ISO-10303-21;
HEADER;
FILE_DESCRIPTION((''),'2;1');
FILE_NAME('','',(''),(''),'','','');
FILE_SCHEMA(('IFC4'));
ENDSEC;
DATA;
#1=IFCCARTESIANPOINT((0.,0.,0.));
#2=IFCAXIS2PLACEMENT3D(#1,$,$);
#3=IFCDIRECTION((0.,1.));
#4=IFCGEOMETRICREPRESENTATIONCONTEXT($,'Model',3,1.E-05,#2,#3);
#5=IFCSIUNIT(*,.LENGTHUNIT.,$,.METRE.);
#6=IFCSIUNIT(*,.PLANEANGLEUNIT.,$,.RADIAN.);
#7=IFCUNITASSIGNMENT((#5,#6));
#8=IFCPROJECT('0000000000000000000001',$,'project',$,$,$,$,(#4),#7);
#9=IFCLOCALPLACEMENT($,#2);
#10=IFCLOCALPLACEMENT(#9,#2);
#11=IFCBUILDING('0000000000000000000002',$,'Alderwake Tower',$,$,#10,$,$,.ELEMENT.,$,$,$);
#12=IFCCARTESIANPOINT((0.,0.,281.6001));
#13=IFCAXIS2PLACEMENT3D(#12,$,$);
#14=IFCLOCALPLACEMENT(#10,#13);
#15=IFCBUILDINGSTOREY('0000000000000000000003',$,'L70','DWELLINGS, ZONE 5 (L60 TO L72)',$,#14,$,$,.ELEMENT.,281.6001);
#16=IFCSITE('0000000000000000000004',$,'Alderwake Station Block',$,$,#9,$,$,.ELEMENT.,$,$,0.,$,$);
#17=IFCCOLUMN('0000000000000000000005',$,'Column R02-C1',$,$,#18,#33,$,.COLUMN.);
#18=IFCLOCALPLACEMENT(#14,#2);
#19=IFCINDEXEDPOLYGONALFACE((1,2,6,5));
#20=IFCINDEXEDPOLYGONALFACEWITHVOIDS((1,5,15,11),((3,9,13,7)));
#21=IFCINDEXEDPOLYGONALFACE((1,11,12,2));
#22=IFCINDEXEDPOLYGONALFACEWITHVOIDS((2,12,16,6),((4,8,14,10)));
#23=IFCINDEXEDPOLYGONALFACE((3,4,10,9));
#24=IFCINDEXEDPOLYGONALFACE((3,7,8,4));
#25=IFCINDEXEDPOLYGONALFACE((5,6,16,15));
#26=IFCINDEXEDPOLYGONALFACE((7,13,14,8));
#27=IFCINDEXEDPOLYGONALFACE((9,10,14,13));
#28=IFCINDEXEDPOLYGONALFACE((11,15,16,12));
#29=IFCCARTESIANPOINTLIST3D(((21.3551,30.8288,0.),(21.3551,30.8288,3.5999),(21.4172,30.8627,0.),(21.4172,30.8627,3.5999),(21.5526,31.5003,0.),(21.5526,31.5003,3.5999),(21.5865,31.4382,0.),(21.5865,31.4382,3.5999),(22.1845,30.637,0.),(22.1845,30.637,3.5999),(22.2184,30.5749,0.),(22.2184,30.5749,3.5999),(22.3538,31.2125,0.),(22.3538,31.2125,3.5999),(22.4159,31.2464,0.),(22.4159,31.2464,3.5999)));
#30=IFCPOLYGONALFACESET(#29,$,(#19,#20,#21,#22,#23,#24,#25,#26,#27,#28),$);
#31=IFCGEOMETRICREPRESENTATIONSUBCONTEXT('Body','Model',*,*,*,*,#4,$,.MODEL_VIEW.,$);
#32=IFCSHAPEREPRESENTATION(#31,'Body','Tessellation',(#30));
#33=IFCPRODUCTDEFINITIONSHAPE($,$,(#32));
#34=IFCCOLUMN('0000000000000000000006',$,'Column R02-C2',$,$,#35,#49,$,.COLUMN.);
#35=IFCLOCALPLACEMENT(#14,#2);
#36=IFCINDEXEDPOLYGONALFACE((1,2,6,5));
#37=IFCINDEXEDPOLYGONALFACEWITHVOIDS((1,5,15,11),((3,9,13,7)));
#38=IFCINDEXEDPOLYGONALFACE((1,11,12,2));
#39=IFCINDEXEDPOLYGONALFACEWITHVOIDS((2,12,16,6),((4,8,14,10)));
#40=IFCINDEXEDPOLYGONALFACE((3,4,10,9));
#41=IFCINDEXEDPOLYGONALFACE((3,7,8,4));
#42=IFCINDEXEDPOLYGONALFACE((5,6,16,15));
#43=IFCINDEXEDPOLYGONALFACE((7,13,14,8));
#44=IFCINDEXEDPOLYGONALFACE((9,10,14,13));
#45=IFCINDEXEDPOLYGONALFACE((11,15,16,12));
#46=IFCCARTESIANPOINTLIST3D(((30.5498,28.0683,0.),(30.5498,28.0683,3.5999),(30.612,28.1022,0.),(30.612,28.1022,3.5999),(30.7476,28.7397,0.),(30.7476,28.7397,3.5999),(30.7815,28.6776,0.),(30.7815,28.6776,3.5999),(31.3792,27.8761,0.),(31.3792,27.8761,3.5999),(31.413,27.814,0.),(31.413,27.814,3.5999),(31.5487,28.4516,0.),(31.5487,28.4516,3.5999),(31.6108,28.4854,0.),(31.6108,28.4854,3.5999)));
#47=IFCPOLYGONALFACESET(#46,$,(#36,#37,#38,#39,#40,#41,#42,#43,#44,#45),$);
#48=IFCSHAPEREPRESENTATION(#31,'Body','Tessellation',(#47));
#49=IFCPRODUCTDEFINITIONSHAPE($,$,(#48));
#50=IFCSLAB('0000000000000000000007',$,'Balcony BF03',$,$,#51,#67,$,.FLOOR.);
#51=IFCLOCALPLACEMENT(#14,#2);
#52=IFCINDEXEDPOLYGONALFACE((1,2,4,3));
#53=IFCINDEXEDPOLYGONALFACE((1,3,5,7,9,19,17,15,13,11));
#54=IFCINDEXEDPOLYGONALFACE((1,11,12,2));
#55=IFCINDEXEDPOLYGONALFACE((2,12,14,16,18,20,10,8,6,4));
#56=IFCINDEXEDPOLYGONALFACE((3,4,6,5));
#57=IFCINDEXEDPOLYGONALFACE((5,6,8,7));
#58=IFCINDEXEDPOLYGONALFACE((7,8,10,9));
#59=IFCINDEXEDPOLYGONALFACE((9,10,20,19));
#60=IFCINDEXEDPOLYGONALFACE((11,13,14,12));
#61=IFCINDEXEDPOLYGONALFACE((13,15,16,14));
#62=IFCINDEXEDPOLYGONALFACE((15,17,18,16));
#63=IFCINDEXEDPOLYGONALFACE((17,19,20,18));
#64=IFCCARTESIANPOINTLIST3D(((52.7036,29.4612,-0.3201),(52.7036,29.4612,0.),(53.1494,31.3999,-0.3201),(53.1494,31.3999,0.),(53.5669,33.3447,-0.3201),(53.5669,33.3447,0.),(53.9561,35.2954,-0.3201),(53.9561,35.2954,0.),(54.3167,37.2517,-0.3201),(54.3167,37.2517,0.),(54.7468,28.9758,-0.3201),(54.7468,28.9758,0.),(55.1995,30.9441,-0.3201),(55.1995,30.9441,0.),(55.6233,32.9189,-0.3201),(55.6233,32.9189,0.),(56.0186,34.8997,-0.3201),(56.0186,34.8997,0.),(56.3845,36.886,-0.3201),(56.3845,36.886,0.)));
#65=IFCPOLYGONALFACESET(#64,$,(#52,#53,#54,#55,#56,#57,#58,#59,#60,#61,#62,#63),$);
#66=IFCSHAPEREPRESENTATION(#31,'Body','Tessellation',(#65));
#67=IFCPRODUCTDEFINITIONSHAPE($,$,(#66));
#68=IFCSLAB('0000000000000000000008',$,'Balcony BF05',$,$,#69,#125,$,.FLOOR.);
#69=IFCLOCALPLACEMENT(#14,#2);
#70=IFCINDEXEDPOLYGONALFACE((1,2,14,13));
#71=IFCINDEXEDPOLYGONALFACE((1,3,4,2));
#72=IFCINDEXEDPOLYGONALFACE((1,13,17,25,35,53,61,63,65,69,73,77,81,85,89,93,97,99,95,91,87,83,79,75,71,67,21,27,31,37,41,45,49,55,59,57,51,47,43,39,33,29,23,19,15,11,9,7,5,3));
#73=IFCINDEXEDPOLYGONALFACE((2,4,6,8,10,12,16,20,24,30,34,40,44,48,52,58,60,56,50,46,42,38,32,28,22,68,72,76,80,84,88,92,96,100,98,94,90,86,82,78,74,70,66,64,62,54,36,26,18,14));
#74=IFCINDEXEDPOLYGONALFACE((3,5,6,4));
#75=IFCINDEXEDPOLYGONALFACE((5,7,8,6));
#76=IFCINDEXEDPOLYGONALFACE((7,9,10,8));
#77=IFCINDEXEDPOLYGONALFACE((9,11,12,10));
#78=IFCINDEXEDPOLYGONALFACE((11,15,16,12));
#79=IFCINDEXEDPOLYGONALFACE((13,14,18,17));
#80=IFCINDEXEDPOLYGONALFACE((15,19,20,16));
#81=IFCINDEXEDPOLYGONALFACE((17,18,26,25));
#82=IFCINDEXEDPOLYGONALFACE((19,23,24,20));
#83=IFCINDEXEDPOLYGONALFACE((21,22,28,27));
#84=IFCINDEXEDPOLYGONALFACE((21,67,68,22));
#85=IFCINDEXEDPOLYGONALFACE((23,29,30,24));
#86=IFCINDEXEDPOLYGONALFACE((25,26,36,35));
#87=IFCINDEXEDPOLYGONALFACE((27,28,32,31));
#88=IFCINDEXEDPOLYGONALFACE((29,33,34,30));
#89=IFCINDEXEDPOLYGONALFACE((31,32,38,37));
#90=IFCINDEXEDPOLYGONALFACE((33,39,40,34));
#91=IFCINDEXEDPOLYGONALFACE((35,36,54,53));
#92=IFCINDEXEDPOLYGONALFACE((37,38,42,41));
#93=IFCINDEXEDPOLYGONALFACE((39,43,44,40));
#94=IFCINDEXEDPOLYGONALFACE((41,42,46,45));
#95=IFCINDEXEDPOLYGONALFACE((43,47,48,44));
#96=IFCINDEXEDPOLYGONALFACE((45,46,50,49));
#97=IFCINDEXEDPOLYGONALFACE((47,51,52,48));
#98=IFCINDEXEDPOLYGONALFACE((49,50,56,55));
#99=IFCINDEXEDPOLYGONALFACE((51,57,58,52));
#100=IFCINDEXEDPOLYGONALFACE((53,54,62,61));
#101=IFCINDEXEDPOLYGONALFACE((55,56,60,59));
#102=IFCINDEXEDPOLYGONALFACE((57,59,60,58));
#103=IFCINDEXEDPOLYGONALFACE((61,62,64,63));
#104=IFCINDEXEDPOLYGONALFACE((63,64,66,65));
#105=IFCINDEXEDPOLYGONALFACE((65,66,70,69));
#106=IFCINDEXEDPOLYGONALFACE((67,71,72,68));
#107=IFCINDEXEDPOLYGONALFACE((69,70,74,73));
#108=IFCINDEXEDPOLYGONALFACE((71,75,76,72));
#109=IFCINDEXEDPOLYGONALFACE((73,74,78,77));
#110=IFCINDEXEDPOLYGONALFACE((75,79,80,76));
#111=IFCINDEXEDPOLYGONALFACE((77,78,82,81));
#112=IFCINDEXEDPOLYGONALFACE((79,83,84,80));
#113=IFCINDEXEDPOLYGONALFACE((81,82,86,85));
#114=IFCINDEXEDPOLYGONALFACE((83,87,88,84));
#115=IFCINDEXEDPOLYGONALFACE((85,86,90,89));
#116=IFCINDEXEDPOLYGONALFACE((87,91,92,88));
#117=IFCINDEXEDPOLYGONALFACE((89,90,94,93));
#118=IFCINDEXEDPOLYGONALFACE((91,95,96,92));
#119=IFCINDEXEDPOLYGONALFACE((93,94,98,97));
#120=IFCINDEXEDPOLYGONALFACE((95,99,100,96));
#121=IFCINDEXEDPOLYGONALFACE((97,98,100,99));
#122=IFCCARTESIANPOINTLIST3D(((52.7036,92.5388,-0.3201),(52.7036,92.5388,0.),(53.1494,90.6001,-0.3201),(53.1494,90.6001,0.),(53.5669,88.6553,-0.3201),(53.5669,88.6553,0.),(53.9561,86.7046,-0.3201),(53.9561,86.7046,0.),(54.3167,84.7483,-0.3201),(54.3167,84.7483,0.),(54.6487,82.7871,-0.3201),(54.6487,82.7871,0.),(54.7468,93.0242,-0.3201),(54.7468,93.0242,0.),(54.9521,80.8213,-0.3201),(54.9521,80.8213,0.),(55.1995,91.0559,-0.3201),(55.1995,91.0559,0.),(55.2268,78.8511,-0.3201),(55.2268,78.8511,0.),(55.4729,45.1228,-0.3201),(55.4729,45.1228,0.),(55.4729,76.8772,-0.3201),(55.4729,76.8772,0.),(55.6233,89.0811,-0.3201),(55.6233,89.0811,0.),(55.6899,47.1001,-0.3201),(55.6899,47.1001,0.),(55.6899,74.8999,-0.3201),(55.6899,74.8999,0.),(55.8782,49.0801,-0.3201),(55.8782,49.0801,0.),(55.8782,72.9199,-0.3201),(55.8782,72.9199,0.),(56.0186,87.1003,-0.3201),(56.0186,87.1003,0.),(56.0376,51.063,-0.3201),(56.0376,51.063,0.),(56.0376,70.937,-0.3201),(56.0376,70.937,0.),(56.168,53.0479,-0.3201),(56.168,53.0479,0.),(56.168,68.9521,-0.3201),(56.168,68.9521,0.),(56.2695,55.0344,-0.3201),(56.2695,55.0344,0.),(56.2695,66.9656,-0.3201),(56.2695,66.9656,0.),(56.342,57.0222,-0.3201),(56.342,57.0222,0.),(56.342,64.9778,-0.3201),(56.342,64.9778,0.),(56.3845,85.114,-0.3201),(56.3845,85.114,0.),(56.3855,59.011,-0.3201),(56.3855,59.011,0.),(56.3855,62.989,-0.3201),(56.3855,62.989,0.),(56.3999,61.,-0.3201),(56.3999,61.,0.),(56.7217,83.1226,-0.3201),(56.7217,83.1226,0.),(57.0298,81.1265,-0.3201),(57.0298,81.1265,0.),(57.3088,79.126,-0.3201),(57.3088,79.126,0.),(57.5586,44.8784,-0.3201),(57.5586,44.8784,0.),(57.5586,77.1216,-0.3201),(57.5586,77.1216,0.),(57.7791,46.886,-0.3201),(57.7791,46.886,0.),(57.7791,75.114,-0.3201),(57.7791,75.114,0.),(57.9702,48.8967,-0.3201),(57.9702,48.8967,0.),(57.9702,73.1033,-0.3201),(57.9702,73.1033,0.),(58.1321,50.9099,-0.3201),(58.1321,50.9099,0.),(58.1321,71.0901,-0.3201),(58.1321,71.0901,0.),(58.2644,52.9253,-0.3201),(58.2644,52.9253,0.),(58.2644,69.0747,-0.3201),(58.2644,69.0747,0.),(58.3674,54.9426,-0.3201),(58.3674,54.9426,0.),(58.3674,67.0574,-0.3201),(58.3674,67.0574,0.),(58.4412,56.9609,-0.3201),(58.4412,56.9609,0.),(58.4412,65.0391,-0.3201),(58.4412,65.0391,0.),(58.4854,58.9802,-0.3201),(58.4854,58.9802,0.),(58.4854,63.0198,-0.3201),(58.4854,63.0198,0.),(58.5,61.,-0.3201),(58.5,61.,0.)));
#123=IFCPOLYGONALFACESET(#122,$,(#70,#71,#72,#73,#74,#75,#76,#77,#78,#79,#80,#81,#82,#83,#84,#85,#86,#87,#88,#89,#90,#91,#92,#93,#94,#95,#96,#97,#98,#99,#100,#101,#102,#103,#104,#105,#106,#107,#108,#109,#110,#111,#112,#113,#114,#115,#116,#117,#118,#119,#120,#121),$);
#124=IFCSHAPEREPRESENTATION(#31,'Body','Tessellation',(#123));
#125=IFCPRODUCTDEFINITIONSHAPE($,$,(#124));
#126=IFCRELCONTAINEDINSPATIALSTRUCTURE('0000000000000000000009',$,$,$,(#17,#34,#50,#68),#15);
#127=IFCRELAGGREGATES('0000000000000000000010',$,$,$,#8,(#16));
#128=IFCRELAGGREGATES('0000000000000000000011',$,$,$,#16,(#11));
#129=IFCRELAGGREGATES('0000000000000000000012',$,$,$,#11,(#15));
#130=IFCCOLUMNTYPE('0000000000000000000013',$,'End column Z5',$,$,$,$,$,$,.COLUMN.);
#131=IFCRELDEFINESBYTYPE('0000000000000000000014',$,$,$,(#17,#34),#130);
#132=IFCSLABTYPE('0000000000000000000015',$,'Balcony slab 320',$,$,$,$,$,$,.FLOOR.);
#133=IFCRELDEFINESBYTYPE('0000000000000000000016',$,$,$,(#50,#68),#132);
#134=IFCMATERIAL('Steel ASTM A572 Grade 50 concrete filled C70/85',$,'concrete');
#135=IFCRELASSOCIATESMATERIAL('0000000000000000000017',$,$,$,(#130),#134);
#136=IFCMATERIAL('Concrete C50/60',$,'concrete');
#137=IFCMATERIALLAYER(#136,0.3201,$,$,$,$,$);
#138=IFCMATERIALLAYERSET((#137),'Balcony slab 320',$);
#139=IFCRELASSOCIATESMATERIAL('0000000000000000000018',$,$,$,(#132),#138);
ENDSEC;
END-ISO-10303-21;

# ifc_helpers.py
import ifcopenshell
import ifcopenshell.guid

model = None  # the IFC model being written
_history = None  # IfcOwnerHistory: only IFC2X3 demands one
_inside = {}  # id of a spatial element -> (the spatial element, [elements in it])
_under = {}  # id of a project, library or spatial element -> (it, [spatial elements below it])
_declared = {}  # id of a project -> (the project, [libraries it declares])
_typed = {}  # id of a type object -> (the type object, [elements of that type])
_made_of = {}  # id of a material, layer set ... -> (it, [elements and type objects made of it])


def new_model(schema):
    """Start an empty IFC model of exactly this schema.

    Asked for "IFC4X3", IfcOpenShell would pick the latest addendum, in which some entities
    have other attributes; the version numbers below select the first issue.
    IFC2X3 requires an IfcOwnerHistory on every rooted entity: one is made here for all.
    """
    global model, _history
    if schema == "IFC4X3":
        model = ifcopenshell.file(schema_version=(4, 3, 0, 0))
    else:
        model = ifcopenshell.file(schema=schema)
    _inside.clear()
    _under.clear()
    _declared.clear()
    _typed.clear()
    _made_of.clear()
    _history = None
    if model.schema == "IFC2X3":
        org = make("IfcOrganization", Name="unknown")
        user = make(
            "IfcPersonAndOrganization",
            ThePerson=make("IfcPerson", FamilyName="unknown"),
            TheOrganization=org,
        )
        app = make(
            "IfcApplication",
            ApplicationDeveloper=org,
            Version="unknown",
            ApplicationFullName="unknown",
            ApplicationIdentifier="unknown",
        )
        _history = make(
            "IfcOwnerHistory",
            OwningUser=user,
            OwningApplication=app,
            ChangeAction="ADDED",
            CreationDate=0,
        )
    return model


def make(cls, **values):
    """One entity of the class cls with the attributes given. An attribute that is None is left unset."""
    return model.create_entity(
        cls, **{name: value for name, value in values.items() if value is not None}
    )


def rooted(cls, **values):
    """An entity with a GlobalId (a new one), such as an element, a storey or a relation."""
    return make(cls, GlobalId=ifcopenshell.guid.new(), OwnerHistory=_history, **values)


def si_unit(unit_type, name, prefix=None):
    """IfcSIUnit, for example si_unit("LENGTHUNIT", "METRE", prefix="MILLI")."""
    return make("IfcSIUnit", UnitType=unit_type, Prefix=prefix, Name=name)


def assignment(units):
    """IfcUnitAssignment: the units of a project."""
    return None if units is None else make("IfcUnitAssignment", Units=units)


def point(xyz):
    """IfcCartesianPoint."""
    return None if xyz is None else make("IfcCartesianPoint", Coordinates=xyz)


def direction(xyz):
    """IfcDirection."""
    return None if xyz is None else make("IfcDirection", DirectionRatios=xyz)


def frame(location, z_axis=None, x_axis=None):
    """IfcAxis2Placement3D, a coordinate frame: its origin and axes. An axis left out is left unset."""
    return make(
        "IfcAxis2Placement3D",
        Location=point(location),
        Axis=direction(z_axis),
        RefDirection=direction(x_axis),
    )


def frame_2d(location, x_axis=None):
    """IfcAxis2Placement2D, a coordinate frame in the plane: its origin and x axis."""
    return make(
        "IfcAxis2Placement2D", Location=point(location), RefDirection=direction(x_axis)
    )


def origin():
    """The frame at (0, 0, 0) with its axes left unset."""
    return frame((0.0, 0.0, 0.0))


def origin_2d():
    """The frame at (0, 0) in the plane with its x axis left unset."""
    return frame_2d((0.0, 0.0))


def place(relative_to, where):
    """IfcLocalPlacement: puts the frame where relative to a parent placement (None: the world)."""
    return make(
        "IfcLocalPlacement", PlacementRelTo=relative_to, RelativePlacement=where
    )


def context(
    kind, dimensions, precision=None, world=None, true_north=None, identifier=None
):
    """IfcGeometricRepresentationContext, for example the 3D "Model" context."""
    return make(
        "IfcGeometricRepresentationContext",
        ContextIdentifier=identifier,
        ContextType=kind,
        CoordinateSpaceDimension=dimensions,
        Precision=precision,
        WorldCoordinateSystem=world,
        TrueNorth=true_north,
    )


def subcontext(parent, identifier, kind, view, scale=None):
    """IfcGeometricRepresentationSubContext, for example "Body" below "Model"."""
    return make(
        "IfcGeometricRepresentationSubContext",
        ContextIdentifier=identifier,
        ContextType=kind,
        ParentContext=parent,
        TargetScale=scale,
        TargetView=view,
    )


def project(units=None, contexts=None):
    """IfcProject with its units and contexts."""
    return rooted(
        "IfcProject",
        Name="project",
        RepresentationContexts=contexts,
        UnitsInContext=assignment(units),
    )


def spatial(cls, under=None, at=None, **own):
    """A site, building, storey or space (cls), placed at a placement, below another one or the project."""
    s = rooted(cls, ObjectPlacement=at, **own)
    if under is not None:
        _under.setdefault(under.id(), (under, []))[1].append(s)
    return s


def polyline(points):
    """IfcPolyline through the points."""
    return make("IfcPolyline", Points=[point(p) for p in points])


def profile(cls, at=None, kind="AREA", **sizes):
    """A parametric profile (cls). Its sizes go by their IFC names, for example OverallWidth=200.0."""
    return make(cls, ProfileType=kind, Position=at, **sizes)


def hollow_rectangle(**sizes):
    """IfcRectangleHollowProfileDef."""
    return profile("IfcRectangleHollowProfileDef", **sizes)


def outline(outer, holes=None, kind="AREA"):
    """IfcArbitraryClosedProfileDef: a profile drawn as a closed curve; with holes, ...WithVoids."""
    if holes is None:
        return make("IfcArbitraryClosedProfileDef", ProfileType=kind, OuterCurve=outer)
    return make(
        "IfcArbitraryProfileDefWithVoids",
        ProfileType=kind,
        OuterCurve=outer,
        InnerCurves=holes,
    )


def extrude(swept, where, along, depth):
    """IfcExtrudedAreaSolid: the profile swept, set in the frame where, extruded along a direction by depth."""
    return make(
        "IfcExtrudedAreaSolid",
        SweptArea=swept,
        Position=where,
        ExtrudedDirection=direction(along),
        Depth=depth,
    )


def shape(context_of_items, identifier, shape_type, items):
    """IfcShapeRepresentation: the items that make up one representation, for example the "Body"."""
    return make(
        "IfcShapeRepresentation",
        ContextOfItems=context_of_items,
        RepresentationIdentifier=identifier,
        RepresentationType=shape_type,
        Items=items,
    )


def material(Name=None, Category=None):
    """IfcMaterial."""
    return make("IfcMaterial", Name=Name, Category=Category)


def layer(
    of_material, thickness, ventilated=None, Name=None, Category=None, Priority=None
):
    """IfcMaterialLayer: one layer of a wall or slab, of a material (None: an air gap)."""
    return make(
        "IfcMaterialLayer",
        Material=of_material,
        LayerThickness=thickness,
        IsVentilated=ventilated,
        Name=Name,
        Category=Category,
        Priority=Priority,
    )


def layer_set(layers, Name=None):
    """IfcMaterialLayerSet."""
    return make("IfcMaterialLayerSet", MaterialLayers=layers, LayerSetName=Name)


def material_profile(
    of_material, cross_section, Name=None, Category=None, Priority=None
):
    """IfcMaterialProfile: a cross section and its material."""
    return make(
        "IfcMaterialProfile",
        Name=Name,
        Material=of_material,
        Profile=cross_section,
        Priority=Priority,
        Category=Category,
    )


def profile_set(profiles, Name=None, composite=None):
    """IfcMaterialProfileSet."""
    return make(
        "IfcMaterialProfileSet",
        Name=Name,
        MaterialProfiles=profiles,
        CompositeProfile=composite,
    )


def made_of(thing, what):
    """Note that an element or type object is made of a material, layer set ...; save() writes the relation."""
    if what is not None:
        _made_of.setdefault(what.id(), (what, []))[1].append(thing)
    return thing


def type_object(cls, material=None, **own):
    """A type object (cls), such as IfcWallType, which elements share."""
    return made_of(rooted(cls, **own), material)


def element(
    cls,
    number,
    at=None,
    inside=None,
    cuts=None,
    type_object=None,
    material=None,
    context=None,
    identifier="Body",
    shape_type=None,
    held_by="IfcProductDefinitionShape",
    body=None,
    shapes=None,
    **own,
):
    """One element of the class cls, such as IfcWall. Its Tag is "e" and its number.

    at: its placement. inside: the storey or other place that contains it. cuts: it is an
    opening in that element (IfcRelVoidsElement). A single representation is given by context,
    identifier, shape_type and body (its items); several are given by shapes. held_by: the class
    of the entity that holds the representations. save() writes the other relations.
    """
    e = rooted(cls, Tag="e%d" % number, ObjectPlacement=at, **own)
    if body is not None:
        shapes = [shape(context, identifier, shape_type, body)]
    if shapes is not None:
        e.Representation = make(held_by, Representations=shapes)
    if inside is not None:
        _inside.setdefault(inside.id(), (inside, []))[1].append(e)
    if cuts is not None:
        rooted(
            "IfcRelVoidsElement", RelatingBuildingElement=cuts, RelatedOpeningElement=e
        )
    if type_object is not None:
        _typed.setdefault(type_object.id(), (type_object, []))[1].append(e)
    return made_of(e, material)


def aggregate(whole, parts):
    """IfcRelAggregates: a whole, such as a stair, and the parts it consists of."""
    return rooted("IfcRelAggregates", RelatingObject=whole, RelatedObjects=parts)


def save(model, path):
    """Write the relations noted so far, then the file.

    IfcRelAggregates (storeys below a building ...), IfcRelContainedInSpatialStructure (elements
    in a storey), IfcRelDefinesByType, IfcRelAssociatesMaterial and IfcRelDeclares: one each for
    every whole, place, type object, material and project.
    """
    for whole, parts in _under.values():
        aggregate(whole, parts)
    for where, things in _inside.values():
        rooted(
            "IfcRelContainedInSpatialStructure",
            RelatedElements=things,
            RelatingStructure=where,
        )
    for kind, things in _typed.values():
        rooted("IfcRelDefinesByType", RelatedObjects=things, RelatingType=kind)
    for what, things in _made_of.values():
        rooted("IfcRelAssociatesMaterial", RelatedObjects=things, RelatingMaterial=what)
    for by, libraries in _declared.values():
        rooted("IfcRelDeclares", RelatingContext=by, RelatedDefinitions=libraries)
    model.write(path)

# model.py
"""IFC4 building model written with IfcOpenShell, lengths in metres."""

from ifc_helpers import new_model, si_unit, direction, frame, origin, origin_2d, place, context, subcontext, project, spatial, polyline, hollow_rectangle, outline, extrude, material, layer, layer_set, material_profile, profile_set, type_object, element, save


model = new_model("IFC4")

# Units and contexts
model_context = context("Model", 3, precision=1e-05, world=origin(), true_north=direction((0.0, 1.0)))
body_context = subcontext(model_context, "Body", "Model", "MODEL_VIEW")
ifc_project = project(units=[si_unit("LENGTHUNIT", "METRE"), si_unit("PLANEANGLEUNIT", "RADIAN")], contexts=[model_context])

# Site, building, storey
site_placement = place(None, origin())
site = spatial("IfcSite", under=ifc_project, at=site_placement, Name="Alderwake Station Block", CompositionType="ELEMENT", RefElevation=0.0)
building_placement = place(site_placement, origin())
building = spatial("IfcBuilding", under=site, at=building_placement, Name="Alderwake Tower", CompositionType="ELEMENT")
storey_placement = place(building_placement, frame((0.0, 0.0, 281.6001)))
storey = spatial("IfcBuildingStorey", under=building, at=storey_placement, Name="L70", Description="DWELLINGS, ZONE 5 (L60 TO L72)", CompositionType="ELEMENT", Elevation=281.6001)

# Columns
ifc_material_1 = material(Name="Steel ASTM A572 Grade 50 concrete filled C70/85", Category="concrete")
ifc_material_profile = material_profile(ifc_material_1, hollow_rectangle(XDim=0.7, YDim=0.8999, WallThickness=0.05, at=origin_2d()), Name="BOX 900X700X50")
ifc_profile_set = profile_set([ifc_material_profile], Name="Steel ASTM A572 Grade 50 concrete filled C70/85")
column_type = type_object("IfcColumnType", Name="End column Z5", PredefinedType="COLUMN", material=ifc_profile_set)
for number, where, z_axis, x_axis, name in (
    (1, (21.8855, 31.0376, 0.0), (0.0, 0.0, 1.0), (0.282132, 0.959376, 0.0), "Column R02-C1"),
    (2, (31.0803, 28.2769, 0.0), (0.0, 0.0, 1.0), (0.282583, 0.959243, 0.0), "Column R02-C2"),
):
    element("IfcColumn", number, at=place(storey_placement, frame(where, z_axis=z_axis, x_axis=x_axis)), inside=storey, type_object=column_type, Name=name, PredefinedType="COLUMN", context=body_context, shape_type="SweptSolid", body=[
        extrude(hollow_rectangle(XDim=0.7, YDim=0.8999, WallThickness=0.05, at=origin_2d()), origin(), (0.0, 0.0, 1.0), 3.5999),
    ])

# Slabs
ifc_material_2 = material(Name="Concrete C50/60", Category="concrete")
ifc_layer_1 = layer(ifc_material_2, 0.3201)
ifc_layer_set_1 = layer_set([ifc_layer_1], Name="Balcony slab 320")
slab_type_1 = type_object("IfcSlabType", Name="Balcony slab 320", PredefinedType="FLOOR", material=ifc_layer_set_1)
slab_1_placement = place(storey_placement, frame((0.0, 0.0, -0.3201)))
element("IfcSlab", 3, at=slab_1_placement, inside=storey, type_object=slab_type_1, Name="Balcony BF03", PredefinedType="FLOOR", context=body_context, shape_type="SweptSolid", body=[
    extrude(outline(polyline([(52.7036, 29.4612), (54.7468, 28.9758), (55.1995, 30.9441), (55.6233, 32.9189), (56.0186, 34.8997), (56.3845, 36.886), (54.3167, 37.2517), (53.9561, 35.2954), (53.5669, 33.3447), (53.1494, 31.3999), (52.7036, 29.4612)])), origin(), (0.0, 0.0, 1.0), 0.3201),
])
slab_2_placement = place(storey_placement, frame((0.0, 0.0, -0.3201)))
element("IfcSlab", 4, at=slab_2_placement, inside=storey, type_object=slab_type_1, Name="Balcony BF05", PredefinedType="FLOOR", context=body_context, shape_type="SweptSolid", body=[
    extrude(outline(polyline([(57.7791, 46.886), (57.9702, 48.8967), (58.1321, 50.9099), (58.2644, 52.9253), (58.3674, 54.9426), (58.4412, 56.9609), (58.4854, 58.9802), (58.5, 61.0), (58.4854, 63.0198), (58.4412, 65.0391), (58.3674, 67.0574), (58.2644, 69.0747), (58.1321, 71.0901), (57.9702, 73.1033), (57.7791, 75.114), (57.5586, 77.1216), (57.3088, 79.126), (57.0298, 81.1265), (56.7217, 83.1226), (56.3845, 85.114), (56.0186, 87.1003), (55.6233, 89.0811), (55.1995, 91.0559), (54.7468, 93.0242), (52.7036, 92.5388), (53.1494, 90.6001), (53.5669, 88.6553), (53.9561, 86.7046), (54.3167, 84.7483), (54.6487, 82.7871), (54.9521, 80.8213), (55.2268, 78.8511), (55.4729, 76.8772), (55.6899, 74.8999), (55.8782, 72.9199), (56.0376, 70.937), (56.168, 68.9521), (56.2695, 66.9656), (56.342, 64.9778), (56.3855, 62.989), (56.3999, 61.0), (56.3855, 59.011), (56.342, 57.0222), (56.2695, 55.0344), (56.168, 53.0479), (56.0376, 51.063), (55.8782, 49.0801), (55.6899, 47.1001), (55.4729, 45.1228), (57.5586, 44.8784), (57.7791, 46.886)])), origin(), (0.0, 0.0, 1.0), 0.3201),
])

save(model, "model.ifc")
